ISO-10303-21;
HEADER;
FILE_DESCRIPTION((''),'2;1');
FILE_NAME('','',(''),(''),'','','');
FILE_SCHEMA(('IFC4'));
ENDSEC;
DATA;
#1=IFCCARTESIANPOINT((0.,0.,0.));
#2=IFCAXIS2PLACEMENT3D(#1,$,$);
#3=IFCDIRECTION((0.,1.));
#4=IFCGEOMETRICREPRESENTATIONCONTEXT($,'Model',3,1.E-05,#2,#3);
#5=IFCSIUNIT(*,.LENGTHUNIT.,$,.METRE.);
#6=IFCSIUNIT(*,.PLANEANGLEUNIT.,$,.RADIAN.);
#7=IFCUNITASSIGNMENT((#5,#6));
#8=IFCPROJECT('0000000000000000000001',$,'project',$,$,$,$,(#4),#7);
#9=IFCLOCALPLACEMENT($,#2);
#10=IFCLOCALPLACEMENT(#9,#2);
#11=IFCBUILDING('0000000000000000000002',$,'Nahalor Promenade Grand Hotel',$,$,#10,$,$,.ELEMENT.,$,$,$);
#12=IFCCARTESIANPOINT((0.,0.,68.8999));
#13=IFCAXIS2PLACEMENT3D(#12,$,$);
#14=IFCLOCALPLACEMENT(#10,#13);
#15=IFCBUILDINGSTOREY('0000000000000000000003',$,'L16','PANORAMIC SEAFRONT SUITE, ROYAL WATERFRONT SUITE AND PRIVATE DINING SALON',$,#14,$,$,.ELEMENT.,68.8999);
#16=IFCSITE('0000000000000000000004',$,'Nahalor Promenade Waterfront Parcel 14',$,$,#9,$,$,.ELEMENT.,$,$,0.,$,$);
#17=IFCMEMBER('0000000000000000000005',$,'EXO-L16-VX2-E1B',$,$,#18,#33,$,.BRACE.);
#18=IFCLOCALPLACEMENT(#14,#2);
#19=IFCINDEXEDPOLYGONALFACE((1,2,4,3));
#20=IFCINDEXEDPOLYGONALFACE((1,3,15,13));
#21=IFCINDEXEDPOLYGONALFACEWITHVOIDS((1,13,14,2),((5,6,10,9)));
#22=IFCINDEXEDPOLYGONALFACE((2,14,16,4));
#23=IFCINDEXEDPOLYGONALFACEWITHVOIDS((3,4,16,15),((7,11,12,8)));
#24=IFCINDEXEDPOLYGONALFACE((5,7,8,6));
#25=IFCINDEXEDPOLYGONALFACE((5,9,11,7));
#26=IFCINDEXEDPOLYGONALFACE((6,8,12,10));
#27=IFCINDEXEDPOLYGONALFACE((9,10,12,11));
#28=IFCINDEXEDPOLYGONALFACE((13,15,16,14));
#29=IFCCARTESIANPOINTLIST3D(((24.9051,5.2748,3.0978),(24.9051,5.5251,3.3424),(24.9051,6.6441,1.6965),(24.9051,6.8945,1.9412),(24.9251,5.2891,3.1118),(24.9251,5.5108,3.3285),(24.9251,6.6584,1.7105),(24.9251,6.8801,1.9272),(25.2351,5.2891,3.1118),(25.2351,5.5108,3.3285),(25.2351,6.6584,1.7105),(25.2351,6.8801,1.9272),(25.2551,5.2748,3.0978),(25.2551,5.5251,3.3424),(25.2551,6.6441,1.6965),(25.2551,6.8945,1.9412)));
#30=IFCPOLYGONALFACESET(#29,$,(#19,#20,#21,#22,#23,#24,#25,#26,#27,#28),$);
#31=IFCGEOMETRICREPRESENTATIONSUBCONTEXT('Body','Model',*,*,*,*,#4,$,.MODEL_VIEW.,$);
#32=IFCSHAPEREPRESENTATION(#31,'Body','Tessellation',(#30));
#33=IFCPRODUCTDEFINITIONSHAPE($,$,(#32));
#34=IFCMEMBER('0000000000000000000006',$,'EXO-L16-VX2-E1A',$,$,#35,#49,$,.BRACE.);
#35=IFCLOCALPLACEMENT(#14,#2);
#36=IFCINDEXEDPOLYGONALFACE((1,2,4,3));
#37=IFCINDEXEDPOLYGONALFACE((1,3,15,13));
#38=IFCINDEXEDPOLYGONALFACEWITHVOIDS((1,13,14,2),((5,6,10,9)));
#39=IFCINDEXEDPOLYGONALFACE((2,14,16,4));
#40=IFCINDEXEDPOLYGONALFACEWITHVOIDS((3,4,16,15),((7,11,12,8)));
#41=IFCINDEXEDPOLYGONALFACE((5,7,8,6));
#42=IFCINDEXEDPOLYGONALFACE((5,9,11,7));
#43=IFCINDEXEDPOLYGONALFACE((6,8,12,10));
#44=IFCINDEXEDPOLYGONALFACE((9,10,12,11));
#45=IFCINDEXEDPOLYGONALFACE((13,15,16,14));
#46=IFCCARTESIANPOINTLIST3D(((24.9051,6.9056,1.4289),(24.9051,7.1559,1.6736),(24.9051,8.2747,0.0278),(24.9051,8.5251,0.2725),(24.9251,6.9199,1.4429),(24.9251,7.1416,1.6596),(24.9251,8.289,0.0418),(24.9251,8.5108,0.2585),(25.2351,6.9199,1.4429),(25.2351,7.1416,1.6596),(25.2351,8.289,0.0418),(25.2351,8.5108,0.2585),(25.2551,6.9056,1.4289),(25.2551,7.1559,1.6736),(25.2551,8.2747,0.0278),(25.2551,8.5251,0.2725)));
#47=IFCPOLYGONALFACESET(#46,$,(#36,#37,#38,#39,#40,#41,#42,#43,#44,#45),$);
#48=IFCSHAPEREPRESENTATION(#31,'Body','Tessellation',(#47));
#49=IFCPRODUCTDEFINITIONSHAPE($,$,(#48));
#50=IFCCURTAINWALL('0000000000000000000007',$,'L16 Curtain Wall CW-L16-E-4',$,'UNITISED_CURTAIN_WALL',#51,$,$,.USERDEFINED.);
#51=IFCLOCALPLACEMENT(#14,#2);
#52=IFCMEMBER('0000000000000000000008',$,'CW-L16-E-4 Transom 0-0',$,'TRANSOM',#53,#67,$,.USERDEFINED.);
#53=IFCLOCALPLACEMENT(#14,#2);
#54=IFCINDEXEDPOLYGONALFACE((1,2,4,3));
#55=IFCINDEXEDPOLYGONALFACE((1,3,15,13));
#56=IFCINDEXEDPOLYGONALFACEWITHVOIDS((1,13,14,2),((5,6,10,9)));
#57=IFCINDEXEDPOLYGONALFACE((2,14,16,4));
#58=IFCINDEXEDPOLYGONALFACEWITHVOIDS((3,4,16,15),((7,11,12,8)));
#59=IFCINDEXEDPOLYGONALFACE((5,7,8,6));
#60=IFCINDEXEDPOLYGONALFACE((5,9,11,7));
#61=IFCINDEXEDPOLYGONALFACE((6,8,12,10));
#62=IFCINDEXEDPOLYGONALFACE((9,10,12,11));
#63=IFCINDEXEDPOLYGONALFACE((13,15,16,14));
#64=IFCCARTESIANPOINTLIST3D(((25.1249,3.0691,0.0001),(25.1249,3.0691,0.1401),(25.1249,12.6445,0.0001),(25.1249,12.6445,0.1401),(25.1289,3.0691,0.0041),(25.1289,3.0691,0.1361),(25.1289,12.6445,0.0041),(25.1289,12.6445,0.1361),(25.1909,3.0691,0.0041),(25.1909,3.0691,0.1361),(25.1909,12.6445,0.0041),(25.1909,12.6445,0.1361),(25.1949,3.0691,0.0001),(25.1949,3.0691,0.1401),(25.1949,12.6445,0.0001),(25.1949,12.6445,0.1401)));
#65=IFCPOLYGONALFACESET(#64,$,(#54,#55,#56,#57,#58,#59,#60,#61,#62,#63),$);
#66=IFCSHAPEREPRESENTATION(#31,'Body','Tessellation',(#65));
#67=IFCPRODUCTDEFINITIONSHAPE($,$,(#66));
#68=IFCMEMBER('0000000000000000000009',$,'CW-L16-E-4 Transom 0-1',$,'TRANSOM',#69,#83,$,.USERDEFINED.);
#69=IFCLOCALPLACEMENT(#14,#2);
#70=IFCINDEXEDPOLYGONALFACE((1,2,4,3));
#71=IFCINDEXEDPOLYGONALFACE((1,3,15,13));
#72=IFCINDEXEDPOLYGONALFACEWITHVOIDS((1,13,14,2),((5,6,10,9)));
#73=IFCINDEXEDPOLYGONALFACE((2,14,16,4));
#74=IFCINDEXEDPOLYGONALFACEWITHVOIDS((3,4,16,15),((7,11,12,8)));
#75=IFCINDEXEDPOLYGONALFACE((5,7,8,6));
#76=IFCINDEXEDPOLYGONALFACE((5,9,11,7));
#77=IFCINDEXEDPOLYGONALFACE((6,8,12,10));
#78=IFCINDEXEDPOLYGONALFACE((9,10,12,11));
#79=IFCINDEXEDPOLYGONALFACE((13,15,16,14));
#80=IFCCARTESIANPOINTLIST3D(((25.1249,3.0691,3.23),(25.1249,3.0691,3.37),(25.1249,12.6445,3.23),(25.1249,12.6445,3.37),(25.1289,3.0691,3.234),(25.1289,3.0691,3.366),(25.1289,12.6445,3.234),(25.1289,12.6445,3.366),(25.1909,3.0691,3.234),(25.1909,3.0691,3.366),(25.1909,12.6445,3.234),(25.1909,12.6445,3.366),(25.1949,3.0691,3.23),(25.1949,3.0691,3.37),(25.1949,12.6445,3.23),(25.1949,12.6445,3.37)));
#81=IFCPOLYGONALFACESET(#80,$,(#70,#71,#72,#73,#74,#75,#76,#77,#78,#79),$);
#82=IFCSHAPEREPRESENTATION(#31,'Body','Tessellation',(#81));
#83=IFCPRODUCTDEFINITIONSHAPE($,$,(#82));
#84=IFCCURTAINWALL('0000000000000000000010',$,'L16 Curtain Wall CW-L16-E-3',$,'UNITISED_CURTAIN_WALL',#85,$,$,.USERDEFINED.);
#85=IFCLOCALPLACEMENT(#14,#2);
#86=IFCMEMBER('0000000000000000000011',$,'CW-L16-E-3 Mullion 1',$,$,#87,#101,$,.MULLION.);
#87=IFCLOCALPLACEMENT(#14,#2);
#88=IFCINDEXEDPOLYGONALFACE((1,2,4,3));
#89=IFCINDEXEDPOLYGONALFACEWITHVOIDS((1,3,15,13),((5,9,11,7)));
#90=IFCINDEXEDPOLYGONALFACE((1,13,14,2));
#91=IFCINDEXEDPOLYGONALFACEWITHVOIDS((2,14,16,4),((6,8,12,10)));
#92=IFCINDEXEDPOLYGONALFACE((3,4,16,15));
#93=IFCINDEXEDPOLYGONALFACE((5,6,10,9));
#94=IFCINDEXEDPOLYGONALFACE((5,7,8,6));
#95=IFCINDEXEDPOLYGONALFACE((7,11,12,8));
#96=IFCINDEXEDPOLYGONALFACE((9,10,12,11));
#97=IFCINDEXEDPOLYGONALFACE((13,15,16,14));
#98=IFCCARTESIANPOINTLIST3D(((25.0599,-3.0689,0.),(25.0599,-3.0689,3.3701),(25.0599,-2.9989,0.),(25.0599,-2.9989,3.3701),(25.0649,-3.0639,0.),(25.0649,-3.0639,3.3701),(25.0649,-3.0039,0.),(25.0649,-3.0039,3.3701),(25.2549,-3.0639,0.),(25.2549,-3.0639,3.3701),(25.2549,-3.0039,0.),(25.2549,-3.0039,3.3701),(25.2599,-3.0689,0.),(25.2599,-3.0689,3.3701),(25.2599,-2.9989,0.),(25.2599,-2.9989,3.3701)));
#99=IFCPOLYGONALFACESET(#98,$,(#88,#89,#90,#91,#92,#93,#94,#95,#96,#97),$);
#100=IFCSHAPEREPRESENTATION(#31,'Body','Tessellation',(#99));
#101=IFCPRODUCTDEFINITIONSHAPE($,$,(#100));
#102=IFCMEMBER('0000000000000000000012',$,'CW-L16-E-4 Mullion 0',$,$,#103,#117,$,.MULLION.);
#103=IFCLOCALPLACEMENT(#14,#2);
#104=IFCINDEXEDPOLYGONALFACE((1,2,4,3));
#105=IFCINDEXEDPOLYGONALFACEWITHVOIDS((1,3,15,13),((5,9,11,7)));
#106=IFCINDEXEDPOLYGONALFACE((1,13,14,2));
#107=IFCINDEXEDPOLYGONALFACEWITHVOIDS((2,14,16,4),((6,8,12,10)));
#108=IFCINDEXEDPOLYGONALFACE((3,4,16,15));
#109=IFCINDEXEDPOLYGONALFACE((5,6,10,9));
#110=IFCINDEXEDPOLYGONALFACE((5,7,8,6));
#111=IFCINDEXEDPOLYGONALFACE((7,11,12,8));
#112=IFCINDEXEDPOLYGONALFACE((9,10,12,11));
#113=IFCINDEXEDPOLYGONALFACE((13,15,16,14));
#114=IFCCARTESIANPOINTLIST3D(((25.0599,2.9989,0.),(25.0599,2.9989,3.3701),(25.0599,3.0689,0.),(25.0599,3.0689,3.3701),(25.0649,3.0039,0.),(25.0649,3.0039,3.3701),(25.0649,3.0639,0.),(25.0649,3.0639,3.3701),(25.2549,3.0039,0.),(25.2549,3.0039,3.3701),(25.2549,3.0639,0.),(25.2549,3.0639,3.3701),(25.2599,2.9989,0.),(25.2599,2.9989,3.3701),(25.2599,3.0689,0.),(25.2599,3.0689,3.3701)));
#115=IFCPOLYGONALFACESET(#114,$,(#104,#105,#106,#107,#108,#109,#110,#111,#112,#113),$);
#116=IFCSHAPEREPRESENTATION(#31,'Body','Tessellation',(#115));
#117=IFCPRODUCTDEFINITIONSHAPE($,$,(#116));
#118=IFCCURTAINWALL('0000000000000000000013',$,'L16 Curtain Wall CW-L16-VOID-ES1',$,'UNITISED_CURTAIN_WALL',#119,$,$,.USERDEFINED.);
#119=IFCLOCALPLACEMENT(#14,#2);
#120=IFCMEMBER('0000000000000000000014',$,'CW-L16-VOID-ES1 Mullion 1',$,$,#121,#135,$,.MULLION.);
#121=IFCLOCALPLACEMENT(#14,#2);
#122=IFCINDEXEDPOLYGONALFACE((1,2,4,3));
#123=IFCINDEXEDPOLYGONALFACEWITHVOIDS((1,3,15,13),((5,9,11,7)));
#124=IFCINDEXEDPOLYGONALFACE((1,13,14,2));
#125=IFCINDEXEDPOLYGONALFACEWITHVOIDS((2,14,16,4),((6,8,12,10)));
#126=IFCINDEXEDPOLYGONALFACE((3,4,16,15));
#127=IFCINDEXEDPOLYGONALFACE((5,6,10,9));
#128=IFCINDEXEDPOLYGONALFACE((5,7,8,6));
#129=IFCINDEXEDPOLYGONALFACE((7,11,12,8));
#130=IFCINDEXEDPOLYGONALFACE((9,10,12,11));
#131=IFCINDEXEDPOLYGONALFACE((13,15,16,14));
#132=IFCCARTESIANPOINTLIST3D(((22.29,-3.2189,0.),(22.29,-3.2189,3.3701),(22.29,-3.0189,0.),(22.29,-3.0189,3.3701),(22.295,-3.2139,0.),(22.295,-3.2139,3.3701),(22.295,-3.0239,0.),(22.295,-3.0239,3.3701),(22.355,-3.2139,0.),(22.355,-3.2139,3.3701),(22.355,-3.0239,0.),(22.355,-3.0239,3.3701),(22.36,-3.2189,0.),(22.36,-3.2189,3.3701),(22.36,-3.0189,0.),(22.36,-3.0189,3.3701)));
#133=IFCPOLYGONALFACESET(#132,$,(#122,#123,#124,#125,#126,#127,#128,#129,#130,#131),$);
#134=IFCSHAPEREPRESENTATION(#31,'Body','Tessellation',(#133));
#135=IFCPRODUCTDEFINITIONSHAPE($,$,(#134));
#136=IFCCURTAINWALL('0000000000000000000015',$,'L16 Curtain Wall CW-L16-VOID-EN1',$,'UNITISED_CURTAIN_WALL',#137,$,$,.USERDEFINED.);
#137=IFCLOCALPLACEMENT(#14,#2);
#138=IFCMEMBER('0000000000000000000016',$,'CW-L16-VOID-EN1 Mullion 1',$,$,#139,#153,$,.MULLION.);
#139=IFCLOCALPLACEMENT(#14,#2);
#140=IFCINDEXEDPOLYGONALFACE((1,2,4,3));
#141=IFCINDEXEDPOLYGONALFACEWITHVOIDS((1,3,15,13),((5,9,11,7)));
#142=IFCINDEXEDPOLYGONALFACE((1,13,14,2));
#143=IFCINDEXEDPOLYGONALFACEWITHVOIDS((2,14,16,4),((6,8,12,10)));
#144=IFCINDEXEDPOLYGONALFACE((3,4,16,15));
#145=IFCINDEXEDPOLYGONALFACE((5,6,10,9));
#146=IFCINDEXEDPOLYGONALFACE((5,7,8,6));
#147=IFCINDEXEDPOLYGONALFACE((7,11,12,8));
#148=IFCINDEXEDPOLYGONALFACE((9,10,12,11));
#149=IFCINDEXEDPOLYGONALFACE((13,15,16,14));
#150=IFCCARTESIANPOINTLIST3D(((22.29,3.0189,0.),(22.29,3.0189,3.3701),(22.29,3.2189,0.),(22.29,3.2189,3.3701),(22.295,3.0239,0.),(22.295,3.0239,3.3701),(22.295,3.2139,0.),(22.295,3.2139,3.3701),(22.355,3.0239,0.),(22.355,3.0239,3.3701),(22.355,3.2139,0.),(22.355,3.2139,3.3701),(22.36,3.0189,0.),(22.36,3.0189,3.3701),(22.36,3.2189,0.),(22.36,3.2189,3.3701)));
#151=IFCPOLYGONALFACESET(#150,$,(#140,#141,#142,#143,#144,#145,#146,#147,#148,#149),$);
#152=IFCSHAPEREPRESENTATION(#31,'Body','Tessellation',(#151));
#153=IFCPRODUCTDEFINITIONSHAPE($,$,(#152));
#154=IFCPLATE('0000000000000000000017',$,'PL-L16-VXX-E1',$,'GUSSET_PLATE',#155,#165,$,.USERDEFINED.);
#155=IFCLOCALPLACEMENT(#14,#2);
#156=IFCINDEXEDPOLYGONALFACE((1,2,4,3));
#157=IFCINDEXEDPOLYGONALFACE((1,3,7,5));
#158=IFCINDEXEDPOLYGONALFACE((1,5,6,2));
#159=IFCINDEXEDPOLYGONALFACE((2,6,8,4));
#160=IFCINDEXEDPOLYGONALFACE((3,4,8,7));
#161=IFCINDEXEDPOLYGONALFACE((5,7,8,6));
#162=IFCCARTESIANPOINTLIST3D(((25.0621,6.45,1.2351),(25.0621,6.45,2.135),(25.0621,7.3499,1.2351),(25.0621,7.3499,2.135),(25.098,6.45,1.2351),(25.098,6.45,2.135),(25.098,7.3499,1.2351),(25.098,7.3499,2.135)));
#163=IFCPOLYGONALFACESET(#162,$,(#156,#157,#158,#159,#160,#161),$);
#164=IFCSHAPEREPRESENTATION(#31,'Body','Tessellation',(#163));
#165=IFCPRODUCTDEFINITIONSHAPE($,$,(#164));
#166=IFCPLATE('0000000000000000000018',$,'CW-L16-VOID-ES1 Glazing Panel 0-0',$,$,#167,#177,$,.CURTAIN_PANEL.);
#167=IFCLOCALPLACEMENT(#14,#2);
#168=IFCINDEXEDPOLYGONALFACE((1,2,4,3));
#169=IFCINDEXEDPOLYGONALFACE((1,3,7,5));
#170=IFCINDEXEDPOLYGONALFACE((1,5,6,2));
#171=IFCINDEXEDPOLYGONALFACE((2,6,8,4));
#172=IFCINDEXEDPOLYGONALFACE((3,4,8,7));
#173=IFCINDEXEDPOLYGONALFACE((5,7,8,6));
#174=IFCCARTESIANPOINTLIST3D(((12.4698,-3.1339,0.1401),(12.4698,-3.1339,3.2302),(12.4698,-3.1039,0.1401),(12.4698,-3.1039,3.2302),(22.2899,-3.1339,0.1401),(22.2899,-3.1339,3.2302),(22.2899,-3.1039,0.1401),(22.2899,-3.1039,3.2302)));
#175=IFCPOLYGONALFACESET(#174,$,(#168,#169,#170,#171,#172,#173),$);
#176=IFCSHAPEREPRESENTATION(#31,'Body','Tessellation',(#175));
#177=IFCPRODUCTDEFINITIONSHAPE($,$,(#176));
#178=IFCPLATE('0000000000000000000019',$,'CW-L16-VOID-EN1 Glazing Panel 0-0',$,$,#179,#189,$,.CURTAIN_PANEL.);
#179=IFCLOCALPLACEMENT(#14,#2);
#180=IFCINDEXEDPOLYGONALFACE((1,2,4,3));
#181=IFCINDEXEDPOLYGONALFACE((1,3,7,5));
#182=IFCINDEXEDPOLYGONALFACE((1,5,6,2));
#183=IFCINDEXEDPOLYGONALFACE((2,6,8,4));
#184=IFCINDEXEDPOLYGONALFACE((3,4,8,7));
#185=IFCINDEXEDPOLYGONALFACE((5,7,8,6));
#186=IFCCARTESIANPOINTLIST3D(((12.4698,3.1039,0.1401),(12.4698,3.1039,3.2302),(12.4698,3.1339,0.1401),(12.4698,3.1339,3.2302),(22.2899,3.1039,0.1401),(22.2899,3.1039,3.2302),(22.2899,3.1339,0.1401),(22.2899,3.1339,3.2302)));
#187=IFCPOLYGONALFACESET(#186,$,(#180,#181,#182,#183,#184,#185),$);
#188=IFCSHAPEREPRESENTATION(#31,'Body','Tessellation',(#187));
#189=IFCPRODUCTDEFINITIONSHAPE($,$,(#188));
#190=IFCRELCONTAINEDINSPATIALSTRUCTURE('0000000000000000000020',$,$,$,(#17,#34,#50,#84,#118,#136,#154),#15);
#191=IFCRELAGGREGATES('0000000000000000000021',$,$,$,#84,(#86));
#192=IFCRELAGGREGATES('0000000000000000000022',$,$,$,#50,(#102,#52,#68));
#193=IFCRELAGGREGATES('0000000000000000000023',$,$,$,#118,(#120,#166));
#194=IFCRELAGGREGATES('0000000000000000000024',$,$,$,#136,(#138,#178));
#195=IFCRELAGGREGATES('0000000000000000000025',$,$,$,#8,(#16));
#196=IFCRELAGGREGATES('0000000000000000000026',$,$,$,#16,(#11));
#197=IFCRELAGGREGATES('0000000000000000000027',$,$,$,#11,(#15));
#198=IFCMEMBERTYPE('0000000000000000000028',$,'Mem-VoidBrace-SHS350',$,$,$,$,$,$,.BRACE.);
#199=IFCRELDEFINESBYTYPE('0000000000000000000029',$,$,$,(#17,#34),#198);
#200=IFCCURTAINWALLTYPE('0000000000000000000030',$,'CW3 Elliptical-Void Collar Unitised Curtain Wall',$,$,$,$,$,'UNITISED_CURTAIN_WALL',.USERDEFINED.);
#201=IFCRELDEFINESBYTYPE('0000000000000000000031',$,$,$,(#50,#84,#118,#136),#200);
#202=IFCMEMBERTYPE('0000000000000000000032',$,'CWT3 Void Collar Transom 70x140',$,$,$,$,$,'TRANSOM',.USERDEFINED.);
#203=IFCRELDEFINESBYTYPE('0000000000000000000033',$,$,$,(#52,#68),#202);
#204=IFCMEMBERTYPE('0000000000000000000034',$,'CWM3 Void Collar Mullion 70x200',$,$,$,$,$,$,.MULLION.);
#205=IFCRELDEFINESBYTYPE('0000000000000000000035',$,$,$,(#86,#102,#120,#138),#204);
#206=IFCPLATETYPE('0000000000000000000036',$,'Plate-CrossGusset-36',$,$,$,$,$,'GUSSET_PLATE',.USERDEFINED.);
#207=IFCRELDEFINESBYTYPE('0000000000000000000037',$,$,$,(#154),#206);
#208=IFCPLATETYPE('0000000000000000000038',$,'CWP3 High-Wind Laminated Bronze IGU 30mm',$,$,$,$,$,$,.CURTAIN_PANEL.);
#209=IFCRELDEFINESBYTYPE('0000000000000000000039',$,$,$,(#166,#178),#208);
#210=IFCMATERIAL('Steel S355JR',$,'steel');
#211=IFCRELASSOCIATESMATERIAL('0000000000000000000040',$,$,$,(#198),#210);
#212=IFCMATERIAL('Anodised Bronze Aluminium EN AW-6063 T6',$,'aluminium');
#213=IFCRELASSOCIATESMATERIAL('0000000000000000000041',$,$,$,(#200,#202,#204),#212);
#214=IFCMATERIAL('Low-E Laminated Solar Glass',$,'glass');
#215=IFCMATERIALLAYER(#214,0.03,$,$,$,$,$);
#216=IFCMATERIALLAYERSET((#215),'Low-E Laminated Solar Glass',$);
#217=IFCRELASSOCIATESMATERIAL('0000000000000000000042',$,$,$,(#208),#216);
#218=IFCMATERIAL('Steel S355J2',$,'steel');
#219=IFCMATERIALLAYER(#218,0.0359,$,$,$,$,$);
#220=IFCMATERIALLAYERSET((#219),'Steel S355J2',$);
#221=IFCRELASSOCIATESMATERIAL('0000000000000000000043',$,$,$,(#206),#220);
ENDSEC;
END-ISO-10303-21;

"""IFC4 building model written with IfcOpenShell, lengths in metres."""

from ifc_helpers import new_model, si_unit, direction, frame, origin, origin_2d, place, context, subcontext, project, spatial, rectangle, hollow_rectangle, extrude, source, transform, mapped, material, layer, layer_set, material_profile, profile_set, type_object, element, aggregate, save


model = new_model("IFC4")

# Units and contexts
model_context = context("Model", 3, precision=1e-05, world=origin(), true_north=direction((0.0, 1.0)))
body_context = subcontext(model_context, "Body", "Model", "MODEL_VIEW")
ifc_project = project(units=[si_unit("LENGTHUNIT", "METRE"), si_unit("PLANEANGLEUNIT", "RADIAN")], contexts=[model_context])

# Site, building, storey
site_placement = place(None, origin())
site = spatial("IfcSite", under=ifc_project, at=site_placement, Name="Nahalor Promenade Waterfront Parcel 14", CompositionType="ELEMENT", RefElevation=0.0)
building_placement = place(site_placement, origin())
building = spatial("IfcBuilding", under=site, at=building_placement, Name="Nahalor Promenade Grand Hotel", CompositionType="ELEMENT")
storey_placement = place(building_placement, frame((0.0, 0.0, 68.8999)))
storey = spatial("IfcBuildingStorey", under=building, at=storey_placement, Name="L16", Description="PANORAMIC SEAFRONT SUITE, ROYAL WATERFRONT SUITE AND PRIVATE DINING SALON", CompositionType="ELEMENT", Elevation=68.8999)

# Shared definitions
ifc_material_1 = material(Name="Steel S355J2", Category="steel")

# Shared definitions
ifc_material_2 = material(Name="Steel S355JR", Category="steel")

# Members
ifc_material_profile_1 = material_profile(ifc_material_2, hollow_rectangle(XDim=0.35, YDim=0.35, WallThickness=0.02, at=origin_2d()), Name="SHS 350x350x20")
ifc_profile_set_1 = profile_set([ifc_material_profile_1], Name="Steel S355JR")
member_type_1 = type_object("IfcMemberType", Name="Mem-VoidBrace-SHS350", PredefinedType="BRACE", material=ifc_profile_set_1)
shared_shape_1 = source(origin(), body_context, "Body", "SweptSolid", [
    extrude(hollow_rectangle(XDim=0.35, YDim=0.35, WallThickness=0.02, at=origin_2d()), origin(), (0.0, 0.0, 1.0), 1.9592),
])
member_1_placement = place(storey_placement, frame((25.0801, 6.7693, 1.8188), z_axis=(0.0, -0.698898, 0.715221), x_axis=(1.0, 0.0, 0.0)))
element("IfcMember", 1, at=member_1_placement, inside=storey, type_object=member_type_1, Name="EXO-L16-VX2-E1B", PredefinedType="BRACE", context=body_context, shape_type="MappedRepresentation", body=[
    mapped(shared_shape_1, transform((0.0, 0.0, 0.0), scale=1.0)),
])
shared_shape_2 = source(origin(), body_context, "Body", "SweptSolid", [
    extrude(hollow_rectangle(XDim=0.35, YDim=0.35, WallThickness=0.02, at=origin_2d()), origin(), (0.0, 0.0, 1.0), 1.959),
])
member_2_placement = place(storey_placement, frame((25.0801, 8.3999, 0.1501), z_axis=(0.0, -0.698897, 0.715223), x_axis=(1.0, 0.0, 0.0)))
element("IfcMember", 2, at=member_2_placement, inside=storey, type_object=member_type_1, Name="EXO-L16-VX2-E1A", PredefinedType="BRACE", context=body_context, shape_type="MappedRepresentation", body=[
    mapped(shared_shape_2, transform((0.0, 0.0, 0.0), scale=1.0)),
])

# Curtain wall, members
ifc_material_3 = material(Name="Anodised Bronze Aluminium EN AW-6063 T6", Category="aluminium")
curtain_wall_type = type_object("IfcCurtainWallType", Name="CW3 Elliptical-Void Collar Unitised Curtain Wall", ElementType="UNITISED_CURTAIN_WALL", PredefinedType="USERDEFINED", material=ifc_material_3)
curtain_wall_1_placement = place(storey_placement, origin())
curtain_wall_1 = element("IfcCurtainWall", 3, at=curtain_wall_1_placement, inside=storey, type_object=curtain_wall_type, Name="L16 Curtain Wall CW-L16-E-4", ObjectType="UNITISED_CURTAIN_WALL", PredefinedType="USERDEFINED")
ifc_material_profile_2 = material_profile(ifc_material_3, hollow_rectangle(XDim=0.07, YDim=0.14, WallThickness=0.004, at=origin_2d()), Name="CWT 70x140x4")
ifc_profile_set_2 = profile_set([ifc_material_profile_2], Name="Anodised Bronze Aluminium EN AW-6063 T6")
member_type_2 = type_object("IfcMemberType", Name="CWT3 Void Collar Transom 70x140", ElementType="TRANSOM", PredefinedType="USERDEFINED", material=ifc_profile_set_2)
shared_shape_3 = source(origin(), body_context, "Body", "SweptSolid", [
    extrude(hollow_rectangle(XDim=0.07, YDim=0.14, WallThickness=0.004, at=origin_2d()), origin(), (0.0, 0.0, 1.0), 9.5754),
])
member_3_placement = place(storey_placement, frame((25.1599, 3.0691, 0.0701), z_axis=(0.0, 1.0, 0.0), x_axis=(-1.0, 0.0, 0.0)))
member_3 = element("IfcMember", 4, at=member_3_placement, type_object=member_type_2, Name="CW-L16-E-4 Transom 0-0", ObjectType="TRANSOM", PredefinedType="USERDEFINED", context=body_context, shape_type="MappedRepresentation", body=[
    mapped(shared_shape_3, transform((0.0, 0.0, 0.0), scale=1.0)),
])
member_4_placement = place(storey_placement, frame((25.1599, 3.0691, 3.3), z_axis=(0.0, 1.0, 0.0), x_axis=(-1.0, 0.0, 0.0)))
member_4 = element("IfcMember", 5, at=member_4_placement, type_object=member_type_2, Name="CW-L16-E-4 Transom 0-1", ObjectType="TRANSOM", PredefinedType="USERDEFINED", context=body_context, shape_type="MappedRepresentation", body=[
    mapped(shared_shape_3, transform((0.0, 0.0, 0.0), scale=1.0)),
])

# Curtain wall, member
curtain_wall_2_placement = place(storey_placement, origin())
curtain_wall_2 = element("IfcCurtainWall", 6, at=curtain_wall_2_placement, inside=storey, type_object=curtain_wall_type, Name="L16 Curtain Wall CW-L16-E-3", ObjectType="UNITISED_CURTAIN_WALL", PredefinedType="USERDEFINED")
ifc_material_profile_3 = material_profile(ifc_material_3, hollow_rectangle(XDim=0.07, YDim=0.2, WallThickness=0.005, at=origin_2d()), Name="CWM 70x200x5")
ifc_profile_set_3 = profile_set([ifc_material_profile_3], Name="Anodised Bronze Aluminium EN AW-6063 T6")
member_type_3 = type_object("IfcMemberType", Name="CWM3 Void Collar Mullion 70x200", PredefinedType="MULLION", material=ifc_profile_set_3)
shared_shape_4 = source(origin(), body_context, "Body", "SweptSolid", [
    extrude(hollow_rectangle(XDim=0.07, YDim=0.2, WallThickness=0.005, at=origin_2d()), origin(), (0.0, 0.0, 1.0), 3.3701),
])
member_5_placement = place(storey_placement, frame((25.1599, -3.0339, 0.0), z_axis=(0.0, 0.0, 1.0), x_axis=(0.0, 1.0, 0.0)))
member_5 = element("IfcMember", 7, at=member_5_placement, type_object=member_type_3, Name="CW-L16-E-3 Mullion 1", PredefinedType="MULLION", context=body_context, shape_type="MappedRepresentation", body=[
    mapped(shared_shape_4, transform((0.0, 0.0, 0.0), scale=1.0)),
])
aggregate(curtain_wall_2, [member_5])

# Member
member_6_placement = place(storey_placement, frame((25.1599, 3.0339, 0.0), z_axis=(0.0, 0.0, 1.0), x_axis=(0.0, 1.0, 0.0)))
member_6 = element("IfcMember", 8, at=member_6_placement, type_object=member_type_3, Name="CW-L16-E-4 Mullion 0", PredefinedType="MULLION", context=body_context, shape_type="MappedRepresentation", body=[
    mapped(shared_shape_4, transform((0.0, 0.0, 0.0), scale=1.0)),
])

# Curtain walls, members
curtain_wall_3_placement = place(storey_placement, origin())
curtain_wall_3 = element("IfcCurtainWall", 9, at=curtain_wall_3_placement, inside=storey, type_object=curtain_wall_type, Name="L16 Curtain Wall CW-L16-VOID-ES1", ObjectType="UNITISED_CURTAIN_WALL", PredefinedType="USERDEFINED")
member_7_placement = place(storey_placement, frame((22.325, -3.1189, 0.0), z_axis=(0.0, 0.0, 1.0), x_axis=(1.0, 0.0, 0.0)))
member_7 = element("IfcMember", 10, at=member_7_placement, type_object=member_type_3, Name="CW-L16-VOID-ES1 Mullion 1", PredefinedType="MULLION", context=body_context, shape_type="MappedRepresentation", body=[
    mapped(shared_shape_4, transform((0.0, 0.0, 0.0), scale=1.0)),
])
curtain_wall_4_placement = place(storey_placement, origin())
curtain_wall_4 = element("IfcCurtainWall", 11, at=curtain_wall_4_placement, inside=storey, type_object=curtain_wall_type, Name="L16 Curtain Wall CW-L16-VOID-EN1", ObjectType="UNITISED_CURTAIN_WALL", PredefinedType="USERDEFINED")
member_8_placement = place(storey_placement, frame((22.325, 3.1189, 0.0), z_axis=(0.0, 0.0, 1.0), x_axis=(1.0, 0.0, 0.0)))
member_8 = element("IfcMember", 12, at=member_8_placement, type_object=member_type_3, Name="CW-L16-VOID-EN1 Mullion 1", PredefinedType="MULLION", context=body_context, shape_type="MappedRepresentation", body=[
    mapped(shared_shape_4, transform((0.0, 0.0, 0.0), scale=1.0)),
])

# Plates
ifc_material_4 = material(Name="Low-E Laminated Solar Glass", Category="glass")
ifc_layer_1 = layer(ifc_material_4, 0.03)
ifc_layer_set_1 = layer_set([ifc_layer_1], Name="Low-E Laminated Solar Glass")
plate_type_1 = type_object("IfcPlateType", Name="CWP3 High-Wind Laminated Bronze IGU 30mm", PredefinedType="CURTAIN_PANEL", material=ifc_layer_set_1)
aggregate(curtain_wall_1, [member_6, member_3, member_4])
ifc_layer_2 = layer(ifc_material_1, 0.0359)
ifc_layer_set_2 = layer_set([ifc_layer_2], Name="Steel S355J2")
plate_type_2 = type_object("IfcPlateType", Name="Plate-CrossGusset-36", ElementType="GUSSET_PLATE", PredefinedType="USERDEFINED", material=ifc_layer_set_2)
shared_shape_5 = source(origin(), body_context, "Body", "SweptSolid", [
    extrude(rectangle(XDim=0.8999, YDim=0.0359, at=origin_2d()), origin(), (0.0, 0.0, 1.0), 0.8999),
])
plate_1_placement = place(storey_placement, frame((25.0801, 6.8999, 1.2351), z_axis=(0.0, 0.0, 1.0), x_axis=(0.0, 1.0, 0.0)))
element("IfcPlate", 13, at=plate_1_placement, inside=storey, type_object=plate_type_2, Name="PL-L16-VXX-E1", ObjectType="GUSSET_PLATE", PredefinedType="USERDEFINED", context=body_context, shape_type="MappedRepresentation", body=[
    mapped(shared_shape_5, transform((0.0, 0.0, 0.0), scale=1.0)),
])
shared_shape_6 = source(origin(), body_context, "Body", "SweptSolid", [
    extrude(rectangle(XDim=9.8201, YDim=0.03, at=origin_2d()), origin(), (0.0, 0.0, 1.0), 3.0901),
])
plate_2_placement = place(storey_placement, frame((17.3799, -3.1189, 0.1401), z_axis=(0.0, 0.0, 1.0), x_axis=(1.0, 0.0, 0.0)))
plate_2 = element("IfcPlate", 14, at=plate_2_placement, type_object=plate_type_1, Name="CW-L16-VOID-ES1 Glazing Panel 0-0", PredefinedType="CURTAIN_PANEL", context=body_context, shape_type="MappedRepresentation", body=[
    mapped(shared_shape_6, transform((0.0, 0.0, 0.0), scale=1.0)),
])
aggregate(curtain_wall_3, [member_7, plate_2])
plate_3_placement = place(storey_placement, frame((17.3799, 3.1189, 0.1401), z_axis=(0.0, 0.0, 1.0), x_axis=(1.0, 0.0, 0.0)))
plate_3 = element("IfcPlate", 15, at=plate_3_placement, type_object=plate_type_1, Name="CW-L16-VOID-EN1 Glazing Panel 0-0", PredefinedType="CURTAIN_PANEL", context=body_context, shape_type="MappedRepresentation", body=[
    mapped(shared_shape_6, transform((0.0, 0.0, 0.0), scale=1.0)),
])
aggregate(curtain_wall_4, [member_8, plate_3])

save(model, "model.ifc")
